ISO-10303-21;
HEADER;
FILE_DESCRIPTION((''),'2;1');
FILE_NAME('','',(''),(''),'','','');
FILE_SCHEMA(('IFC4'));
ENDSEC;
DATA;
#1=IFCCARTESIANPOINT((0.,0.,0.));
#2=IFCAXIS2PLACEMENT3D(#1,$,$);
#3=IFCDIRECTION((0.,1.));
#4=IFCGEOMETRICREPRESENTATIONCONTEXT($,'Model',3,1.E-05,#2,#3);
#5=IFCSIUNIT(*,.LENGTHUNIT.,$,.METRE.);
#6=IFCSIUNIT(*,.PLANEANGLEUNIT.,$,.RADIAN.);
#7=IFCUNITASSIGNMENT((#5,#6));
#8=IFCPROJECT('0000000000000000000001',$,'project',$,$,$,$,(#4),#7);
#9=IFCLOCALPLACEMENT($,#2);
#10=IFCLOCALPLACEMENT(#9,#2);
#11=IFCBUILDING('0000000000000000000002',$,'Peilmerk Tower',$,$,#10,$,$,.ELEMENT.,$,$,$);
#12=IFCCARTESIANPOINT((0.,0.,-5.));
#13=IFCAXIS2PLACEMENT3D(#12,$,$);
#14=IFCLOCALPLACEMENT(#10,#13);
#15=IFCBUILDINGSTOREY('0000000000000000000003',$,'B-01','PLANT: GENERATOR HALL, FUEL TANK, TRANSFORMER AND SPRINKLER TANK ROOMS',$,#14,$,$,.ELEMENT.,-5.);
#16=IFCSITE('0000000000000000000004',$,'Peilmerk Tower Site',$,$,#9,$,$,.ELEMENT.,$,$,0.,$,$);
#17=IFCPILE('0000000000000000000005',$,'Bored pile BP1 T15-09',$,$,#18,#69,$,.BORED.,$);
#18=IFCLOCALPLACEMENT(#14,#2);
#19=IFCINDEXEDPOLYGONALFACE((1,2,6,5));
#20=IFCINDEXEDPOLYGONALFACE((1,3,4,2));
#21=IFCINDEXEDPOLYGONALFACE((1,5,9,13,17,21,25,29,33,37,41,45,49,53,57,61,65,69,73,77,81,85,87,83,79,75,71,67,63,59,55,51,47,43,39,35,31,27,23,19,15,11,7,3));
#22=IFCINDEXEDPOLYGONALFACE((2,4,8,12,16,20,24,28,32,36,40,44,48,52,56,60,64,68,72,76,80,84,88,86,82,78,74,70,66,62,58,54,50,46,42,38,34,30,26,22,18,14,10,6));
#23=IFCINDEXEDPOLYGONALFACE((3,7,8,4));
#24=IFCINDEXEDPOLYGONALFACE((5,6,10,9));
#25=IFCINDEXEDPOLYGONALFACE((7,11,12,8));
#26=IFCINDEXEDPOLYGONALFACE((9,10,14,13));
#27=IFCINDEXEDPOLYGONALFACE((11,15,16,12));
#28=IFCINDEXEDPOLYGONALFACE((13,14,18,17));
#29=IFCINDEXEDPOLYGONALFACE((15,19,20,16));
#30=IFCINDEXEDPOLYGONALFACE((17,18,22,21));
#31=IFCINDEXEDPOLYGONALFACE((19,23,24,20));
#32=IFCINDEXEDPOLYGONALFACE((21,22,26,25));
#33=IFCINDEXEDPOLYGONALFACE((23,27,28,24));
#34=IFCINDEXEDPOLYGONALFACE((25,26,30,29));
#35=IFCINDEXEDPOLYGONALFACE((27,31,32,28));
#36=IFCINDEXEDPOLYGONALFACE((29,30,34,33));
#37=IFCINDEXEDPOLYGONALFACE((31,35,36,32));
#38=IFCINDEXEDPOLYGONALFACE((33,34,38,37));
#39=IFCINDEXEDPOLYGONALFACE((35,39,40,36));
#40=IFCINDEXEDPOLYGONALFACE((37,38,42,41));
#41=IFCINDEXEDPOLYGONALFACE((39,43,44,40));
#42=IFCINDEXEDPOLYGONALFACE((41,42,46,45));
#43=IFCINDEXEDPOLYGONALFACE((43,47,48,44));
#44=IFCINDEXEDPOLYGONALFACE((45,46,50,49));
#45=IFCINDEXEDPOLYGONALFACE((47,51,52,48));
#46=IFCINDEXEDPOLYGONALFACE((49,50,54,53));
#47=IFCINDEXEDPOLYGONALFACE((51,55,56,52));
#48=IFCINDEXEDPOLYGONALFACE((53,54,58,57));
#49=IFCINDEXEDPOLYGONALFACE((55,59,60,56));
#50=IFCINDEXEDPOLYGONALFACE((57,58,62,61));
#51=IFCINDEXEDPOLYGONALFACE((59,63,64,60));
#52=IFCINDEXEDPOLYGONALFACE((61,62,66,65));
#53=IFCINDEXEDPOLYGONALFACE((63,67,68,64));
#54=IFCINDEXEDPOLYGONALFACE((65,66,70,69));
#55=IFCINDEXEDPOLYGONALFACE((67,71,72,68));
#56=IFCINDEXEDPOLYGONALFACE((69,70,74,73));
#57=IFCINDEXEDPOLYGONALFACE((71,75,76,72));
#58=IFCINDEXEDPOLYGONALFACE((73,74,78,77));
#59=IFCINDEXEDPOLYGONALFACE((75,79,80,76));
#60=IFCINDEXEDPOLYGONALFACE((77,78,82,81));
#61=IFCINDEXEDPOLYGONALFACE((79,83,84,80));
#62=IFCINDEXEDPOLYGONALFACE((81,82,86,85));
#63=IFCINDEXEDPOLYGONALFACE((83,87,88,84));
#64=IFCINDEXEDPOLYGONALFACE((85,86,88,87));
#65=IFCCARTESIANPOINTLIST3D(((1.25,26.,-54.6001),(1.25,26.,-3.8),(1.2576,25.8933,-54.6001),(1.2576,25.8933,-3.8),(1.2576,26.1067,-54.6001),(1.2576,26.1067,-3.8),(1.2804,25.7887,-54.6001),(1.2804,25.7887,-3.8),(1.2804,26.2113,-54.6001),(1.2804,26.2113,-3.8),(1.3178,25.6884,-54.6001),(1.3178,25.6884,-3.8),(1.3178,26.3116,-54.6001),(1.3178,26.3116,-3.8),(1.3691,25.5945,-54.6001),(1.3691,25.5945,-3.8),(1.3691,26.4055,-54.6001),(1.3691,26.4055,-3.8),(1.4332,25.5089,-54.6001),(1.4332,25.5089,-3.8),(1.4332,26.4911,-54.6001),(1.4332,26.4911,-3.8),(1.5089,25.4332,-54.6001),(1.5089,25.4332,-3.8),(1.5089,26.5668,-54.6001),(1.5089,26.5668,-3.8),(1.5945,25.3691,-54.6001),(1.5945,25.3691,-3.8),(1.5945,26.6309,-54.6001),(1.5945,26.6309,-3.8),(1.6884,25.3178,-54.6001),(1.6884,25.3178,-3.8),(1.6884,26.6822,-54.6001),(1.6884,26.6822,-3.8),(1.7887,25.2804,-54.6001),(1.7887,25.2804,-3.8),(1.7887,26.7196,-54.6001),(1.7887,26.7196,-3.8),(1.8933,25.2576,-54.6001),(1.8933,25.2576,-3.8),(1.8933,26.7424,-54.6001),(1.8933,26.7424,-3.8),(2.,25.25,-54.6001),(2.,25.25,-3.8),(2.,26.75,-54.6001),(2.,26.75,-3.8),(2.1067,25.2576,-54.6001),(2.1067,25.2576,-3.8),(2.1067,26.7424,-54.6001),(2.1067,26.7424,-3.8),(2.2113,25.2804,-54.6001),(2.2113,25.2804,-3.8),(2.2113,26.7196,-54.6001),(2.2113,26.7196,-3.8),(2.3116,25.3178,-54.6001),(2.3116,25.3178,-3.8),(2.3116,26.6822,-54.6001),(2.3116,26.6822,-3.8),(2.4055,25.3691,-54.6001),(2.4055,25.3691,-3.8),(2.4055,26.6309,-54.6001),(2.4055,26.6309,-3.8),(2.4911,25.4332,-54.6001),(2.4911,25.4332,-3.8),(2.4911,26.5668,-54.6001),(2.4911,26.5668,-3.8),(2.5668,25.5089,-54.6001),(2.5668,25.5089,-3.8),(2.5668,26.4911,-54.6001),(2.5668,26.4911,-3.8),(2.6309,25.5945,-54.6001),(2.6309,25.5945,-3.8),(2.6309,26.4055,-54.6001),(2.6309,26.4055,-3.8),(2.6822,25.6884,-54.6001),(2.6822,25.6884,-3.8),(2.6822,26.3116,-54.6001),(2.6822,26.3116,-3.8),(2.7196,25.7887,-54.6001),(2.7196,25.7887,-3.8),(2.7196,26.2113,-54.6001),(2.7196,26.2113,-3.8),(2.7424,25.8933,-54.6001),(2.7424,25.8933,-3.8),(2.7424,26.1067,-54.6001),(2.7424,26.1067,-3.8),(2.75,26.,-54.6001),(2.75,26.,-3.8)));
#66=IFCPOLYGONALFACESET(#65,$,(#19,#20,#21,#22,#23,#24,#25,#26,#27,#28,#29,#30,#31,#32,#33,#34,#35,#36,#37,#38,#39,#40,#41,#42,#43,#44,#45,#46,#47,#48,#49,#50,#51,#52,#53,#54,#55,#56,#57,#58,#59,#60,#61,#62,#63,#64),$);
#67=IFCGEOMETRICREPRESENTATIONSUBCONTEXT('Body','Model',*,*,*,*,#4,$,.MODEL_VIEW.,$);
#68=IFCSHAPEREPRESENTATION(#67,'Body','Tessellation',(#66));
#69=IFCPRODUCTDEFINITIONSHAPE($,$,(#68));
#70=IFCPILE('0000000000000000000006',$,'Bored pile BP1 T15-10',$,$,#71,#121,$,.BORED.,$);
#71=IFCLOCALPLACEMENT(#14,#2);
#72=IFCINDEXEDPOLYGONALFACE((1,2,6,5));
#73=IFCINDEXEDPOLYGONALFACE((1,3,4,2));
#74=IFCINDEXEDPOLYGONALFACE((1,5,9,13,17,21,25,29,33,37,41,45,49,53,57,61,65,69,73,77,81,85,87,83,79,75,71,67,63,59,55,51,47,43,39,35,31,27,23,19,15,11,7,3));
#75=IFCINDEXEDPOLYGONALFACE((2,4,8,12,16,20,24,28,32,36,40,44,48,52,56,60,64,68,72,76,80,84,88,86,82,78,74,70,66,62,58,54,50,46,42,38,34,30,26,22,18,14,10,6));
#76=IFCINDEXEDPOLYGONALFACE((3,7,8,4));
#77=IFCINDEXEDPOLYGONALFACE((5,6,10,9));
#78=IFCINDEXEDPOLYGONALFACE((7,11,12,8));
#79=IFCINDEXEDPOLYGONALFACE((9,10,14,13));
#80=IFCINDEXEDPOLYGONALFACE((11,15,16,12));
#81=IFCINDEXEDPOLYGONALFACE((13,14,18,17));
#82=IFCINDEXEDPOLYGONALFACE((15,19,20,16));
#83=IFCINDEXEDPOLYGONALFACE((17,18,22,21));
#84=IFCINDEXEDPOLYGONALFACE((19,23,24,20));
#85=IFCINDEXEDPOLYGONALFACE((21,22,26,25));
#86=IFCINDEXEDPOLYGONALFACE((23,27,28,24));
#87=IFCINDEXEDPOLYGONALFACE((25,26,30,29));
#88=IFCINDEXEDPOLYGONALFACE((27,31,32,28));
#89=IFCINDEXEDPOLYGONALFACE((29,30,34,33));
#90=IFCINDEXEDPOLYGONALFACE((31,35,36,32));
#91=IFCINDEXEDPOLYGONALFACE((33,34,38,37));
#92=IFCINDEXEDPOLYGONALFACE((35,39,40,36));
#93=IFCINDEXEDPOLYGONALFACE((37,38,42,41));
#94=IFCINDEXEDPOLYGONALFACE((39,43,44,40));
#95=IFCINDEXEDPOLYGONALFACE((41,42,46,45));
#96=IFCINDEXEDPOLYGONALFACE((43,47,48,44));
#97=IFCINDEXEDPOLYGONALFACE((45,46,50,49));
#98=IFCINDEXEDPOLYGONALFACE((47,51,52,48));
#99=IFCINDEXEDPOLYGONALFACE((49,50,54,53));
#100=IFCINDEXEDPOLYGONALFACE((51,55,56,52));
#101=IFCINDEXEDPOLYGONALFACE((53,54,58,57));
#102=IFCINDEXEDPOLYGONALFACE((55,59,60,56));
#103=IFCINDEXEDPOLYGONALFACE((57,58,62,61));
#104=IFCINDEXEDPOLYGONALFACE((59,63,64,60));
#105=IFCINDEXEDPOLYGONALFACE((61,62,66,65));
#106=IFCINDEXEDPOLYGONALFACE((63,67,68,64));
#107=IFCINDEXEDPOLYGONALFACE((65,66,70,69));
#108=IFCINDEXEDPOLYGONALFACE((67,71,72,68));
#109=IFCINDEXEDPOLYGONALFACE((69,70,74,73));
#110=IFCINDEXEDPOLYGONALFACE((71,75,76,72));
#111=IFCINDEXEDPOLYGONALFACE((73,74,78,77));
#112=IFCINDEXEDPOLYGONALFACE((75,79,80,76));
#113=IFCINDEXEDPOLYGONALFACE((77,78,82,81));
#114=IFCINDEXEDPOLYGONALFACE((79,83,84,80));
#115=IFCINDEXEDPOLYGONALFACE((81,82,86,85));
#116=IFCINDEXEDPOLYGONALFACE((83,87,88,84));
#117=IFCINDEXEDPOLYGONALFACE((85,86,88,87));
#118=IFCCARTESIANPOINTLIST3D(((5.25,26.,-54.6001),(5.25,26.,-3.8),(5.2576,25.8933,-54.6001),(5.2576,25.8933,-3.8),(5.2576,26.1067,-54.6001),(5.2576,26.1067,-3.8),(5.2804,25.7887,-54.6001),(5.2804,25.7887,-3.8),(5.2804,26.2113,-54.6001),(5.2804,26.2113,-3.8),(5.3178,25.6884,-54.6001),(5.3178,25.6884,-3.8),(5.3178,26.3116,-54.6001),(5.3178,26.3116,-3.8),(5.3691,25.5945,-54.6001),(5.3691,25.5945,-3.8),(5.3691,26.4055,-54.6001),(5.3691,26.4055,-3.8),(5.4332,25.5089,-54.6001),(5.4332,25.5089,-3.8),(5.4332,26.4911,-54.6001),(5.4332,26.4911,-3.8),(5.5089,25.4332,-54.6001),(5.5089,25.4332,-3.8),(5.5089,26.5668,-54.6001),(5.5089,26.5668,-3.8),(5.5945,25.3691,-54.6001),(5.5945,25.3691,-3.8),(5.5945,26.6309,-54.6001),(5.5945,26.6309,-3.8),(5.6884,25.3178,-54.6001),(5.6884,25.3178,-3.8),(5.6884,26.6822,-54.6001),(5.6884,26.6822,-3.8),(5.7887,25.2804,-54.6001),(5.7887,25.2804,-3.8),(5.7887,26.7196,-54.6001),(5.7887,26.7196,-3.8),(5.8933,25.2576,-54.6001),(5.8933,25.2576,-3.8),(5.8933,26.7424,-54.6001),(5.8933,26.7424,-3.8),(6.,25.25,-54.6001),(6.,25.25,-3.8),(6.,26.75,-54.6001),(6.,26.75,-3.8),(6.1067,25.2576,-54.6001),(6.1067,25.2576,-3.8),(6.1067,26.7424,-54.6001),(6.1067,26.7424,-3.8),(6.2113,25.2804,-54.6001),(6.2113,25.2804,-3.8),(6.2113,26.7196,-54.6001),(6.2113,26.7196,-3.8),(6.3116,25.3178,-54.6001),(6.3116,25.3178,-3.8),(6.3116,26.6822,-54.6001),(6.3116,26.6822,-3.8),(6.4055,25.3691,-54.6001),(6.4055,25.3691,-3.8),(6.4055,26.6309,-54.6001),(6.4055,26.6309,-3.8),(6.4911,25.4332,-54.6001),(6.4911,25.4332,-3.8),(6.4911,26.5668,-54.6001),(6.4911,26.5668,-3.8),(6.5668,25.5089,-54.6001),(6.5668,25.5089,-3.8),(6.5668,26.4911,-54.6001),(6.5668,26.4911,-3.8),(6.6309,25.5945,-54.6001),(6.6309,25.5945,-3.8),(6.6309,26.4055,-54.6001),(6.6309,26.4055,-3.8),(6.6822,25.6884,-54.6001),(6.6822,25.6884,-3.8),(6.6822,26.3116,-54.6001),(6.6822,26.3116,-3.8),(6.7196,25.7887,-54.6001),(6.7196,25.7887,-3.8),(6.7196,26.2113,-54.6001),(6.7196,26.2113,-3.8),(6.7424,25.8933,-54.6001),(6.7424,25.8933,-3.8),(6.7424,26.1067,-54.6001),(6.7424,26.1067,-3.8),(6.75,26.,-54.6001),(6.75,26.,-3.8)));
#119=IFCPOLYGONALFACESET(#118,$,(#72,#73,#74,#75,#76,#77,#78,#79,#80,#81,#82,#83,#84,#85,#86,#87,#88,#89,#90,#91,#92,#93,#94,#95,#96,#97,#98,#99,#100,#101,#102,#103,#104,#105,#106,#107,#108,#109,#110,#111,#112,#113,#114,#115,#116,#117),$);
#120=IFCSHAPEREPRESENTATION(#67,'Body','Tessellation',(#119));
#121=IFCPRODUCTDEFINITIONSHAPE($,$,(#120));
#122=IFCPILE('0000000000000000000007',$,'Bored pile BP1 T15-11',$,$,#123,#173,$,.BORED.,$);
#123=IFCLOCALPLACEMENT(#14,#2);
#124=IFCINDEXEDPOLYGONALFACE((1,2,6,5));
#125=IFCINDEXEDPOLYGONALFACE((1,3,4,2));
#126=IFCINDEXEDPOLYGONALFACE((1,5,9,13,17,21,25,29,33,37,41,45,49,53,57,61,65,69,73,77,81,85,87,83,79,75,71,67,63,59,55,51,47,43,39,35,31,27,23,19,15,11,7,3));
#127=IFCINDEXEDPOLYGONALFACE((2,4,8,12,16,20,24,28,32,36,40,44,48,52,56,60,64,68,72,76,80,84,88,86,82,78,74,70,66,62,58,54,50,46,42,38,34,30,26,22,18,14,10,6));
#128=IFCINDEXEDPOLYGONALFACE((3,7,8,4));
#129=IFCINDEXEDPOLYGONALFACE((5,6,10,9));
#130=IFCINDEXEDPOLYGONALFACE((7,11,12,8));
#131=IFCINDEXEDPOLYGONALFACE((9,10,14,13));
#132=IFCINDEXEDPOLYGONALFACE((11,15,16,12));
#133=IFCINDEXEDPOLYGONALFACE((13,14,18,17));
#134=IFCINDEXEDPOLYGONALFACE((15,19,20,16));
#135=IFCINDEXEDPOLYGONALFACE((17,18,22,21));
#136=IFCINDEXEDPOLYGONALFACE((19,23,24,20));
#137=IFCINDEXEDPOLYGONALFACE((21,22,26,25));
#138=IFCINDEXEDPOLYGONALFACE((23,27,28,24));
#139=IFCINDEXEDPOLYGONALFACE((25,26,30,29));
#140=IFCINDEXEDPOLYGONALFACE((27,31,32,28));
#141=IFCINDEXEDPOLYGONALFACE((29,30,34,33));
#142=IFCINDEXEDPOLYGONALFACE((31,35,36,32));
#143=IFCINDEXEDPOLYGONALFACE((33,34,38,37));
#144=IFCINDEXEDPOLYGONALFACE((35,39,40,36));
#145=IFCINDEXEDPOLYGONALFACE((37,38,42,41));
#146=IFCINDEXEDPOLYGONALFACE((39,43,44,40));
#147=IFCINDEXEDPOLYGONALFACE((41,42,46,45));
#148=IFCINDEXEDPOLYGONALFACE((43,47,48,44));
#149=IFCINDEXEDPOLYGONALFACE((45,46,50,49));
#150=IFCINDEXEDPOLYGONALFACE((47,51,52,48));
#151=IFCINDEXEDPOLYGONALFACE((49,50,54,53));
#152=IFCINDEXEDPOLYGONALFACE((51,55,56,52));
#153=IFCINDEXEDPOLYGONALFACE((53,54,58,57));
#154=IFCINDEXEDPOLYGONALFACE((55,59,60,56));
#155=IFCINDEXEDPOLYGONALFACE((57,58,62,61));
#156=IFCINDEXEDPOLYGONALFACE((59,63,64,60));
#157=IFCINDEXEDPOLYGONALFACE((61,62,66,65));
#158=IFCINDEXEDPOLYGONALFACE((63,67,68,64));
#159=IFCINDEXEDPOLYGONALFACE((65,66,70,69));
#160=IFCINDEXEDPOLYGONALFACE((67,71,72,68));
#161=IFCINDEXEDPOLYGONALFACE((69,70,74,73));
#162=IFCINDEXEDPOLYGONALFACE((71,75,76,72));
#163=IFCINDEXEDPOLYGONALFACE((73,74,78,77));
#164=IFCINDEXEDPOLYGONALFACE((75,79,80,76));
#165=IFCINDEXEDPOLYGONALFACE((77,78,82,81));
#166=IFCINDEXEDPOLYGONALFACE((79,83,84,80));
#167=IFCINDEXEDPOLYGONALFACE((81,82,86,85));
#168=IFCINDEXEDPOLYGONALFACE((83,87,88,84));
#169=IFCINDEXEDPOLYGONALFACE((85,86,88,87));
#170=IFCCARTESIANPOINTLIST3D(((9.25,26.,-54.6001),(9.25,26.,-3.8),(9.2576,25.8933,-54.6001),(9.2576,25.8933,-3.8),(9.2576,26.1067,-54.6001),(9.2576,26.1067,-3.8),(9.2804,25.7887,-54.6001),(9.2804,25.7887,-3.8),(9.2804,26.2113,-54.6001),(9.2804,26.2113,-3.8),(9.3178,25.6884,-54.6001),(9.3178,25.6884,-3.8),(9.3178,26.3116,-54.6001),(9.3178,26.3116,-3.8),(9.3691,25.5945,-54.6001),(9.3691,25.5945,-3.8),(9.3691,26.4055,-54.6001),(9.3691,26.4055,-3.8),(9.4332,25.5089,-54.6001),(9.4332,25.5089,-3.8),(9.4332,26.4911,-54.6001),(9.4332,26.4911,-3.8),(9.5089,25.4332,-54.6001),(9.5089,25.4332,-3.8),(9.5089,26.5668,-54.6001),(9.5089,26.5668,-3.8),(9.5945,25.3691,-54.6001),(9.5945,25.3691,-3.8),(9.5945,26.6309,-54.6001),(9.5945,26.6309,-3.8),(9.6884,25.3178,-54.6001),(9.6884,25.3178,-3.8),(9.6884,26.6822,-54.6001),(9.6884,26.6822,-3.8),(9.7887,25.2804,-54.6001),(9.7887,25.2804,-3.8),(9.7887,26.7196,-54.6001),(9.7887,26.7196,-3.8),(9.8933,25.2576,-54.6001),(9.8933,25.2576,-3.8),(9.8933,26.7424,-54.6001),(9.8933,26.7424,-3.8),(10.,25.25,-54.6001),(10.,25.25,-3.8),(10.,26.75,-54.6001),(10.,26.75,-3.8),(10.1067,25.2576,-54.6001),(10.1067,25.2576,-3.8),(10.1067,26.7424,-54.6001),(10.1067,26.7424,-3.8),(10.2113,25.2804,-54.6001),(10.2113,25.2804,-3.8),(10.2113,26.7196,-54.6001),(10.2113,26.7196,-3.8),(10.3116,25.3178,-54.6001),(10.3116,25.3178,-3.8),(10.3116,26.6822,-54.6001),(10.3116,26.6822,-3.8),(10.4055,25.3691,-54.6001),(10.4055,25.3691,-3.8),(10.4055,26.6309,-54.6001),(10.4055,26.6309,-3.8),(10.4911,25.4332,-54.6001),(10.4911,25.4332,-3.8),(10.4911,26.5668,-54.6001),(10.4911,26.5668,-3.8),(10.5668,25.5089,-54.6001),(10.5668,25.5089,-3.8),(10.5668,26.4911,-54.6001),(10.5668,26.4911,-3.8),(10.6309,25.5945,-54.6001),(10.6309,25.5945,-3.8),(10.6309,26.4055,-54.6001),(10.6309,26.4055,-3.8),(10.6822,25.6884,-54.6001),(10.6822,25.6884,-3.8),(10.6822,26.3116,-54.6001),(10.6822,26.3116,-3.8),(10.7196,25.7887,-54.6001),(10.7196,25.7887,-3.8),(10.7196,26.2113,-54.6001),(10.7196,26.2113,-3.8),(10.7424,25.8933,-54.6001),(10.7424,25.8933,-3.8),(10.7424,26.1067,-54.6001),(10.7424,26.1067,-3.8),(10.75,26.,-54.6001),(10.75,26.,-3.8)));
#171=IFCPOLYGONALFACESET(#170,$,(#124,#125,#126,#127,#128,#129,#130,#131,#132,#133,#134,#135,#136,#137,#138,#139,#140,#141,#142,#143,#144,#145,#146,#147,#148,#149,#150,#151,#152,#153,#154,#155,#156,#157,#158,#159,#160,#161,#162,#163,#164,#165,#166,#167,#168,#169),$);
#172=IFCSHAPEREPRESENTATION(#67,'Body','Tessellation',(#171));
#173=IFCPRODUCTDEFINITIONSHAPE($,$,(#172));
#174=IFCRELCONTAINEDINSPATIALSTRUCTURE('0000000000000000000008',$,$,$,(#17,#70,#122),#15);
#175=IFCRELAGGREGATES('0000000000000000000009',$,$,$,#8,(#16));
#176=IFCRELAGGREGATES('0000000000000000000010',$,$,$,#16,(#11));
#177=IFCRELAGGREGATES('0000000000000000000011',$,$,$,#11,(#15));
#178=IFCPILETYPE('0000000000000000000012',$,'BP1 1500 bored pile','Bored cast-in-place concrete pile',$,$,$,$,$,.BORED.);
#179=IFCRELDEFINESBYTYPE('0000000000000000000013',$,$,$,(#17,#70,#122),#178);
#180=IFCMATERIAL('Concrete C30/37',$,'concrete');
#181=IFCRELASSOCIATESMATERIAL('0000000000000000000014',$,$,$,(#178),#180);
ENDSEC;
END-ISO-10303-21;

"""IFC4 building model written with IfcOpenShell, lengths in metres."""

from ifc_helpers import new_model, si_unit, direction, frame, origin, origin_2d, place, context, subcontext, project, spatial, circle, extrude, material, material_profile, profile_set, type_object, element, save


model = new_model("IFC4")

# Units and contexts
model_context = context("Model", 3, precision=1e-05, world=origin(), true_north=direction((0.0, 1.0)))
body_context = subcontext(model_context, "Body", "Model", "MODEL_VIEW")
ifc_project = project(units=[si_unit("LENGTHUNIT", "METRE"), si_unit("PLANEANGLEUNIT", "RADIAN")], contexts=[model_context])

# Site, building, storey
site_placement = place(None, origin())
site = spatial("IfcSite", under=ifc_project, at=site_placement, Name="Peilmerk Tower Site", CompositionType="ELEMENT", RefElevation=0.0)
building_placement = place(site_placement, origin())
building = spatial("IfcBuilding", under=site, at=building_placement, Name="Peilmerk Tower", CompositionType="ELEMENT")
storey_placement = place(building_placement, frame((0.0, 0.0, -5.0)))
storey = spatial("IfcBuildingStorey", under=building, at=storey_placement, Name="B-01", Description="PLANT: GENERATOR HALL, FUEL TANK, TRANSFORMER AND SPRINKLER TANK ROOMS", CompositionType="ELEMENT", Elevation=-5.0)

# Piles
ifc_material_1 = material(Name="Concrete C30/37", Category="concrete")
ifc_material_profile_1 = material_profile(ifc_material_1, circle(Radius=0.75, at=origin_2d()), Name="BP 1500")
ifc_profile_set_1 = profile_set([ifc_material_profile_1], Name="Concrete C30/37")
pile_type = type_object("IfcPileType", Name="BP1 1500 bored pile", Description="Bored cast-in-place concrete pile", PredefinedType="BORED", material=ifc_profile_set_1)
for number, where, z_axis, x_axis, name in (
    (1, (2.0, 26.0, -3.8), (0.0, 0.0, -1.0), (1.0, 0.0, 0.0), "Bored pile BP1 T15-09"),
    (2, (6.0, 26.0, -3.8), (0.0, 0.0, -1.0), (1.0, 0.0, 0.0), "Bored pile BP1 T15-10"),
    (3, (10.0, 26.0, -3.8), (0.0, 0.0, -1.0), (1.0, 0.0, 0.0), "Bored pile BP1 T15-11"),
):
    element("IfcPile", number, at=place(storey_placement, frame(where, z_axis=z_axis, x_axis=x_axis)), inside=storey, type_object=pile_type, Name=name, PredefinedType="BORED", context=body_context, shape_type="SweptSolid", body=[
        extrude(circle(Radius=0.75, at=origin_2d()), origin(), (0.0, 0.0, 1.0), 50.8),
    ])

save(model, "model.ifc")
